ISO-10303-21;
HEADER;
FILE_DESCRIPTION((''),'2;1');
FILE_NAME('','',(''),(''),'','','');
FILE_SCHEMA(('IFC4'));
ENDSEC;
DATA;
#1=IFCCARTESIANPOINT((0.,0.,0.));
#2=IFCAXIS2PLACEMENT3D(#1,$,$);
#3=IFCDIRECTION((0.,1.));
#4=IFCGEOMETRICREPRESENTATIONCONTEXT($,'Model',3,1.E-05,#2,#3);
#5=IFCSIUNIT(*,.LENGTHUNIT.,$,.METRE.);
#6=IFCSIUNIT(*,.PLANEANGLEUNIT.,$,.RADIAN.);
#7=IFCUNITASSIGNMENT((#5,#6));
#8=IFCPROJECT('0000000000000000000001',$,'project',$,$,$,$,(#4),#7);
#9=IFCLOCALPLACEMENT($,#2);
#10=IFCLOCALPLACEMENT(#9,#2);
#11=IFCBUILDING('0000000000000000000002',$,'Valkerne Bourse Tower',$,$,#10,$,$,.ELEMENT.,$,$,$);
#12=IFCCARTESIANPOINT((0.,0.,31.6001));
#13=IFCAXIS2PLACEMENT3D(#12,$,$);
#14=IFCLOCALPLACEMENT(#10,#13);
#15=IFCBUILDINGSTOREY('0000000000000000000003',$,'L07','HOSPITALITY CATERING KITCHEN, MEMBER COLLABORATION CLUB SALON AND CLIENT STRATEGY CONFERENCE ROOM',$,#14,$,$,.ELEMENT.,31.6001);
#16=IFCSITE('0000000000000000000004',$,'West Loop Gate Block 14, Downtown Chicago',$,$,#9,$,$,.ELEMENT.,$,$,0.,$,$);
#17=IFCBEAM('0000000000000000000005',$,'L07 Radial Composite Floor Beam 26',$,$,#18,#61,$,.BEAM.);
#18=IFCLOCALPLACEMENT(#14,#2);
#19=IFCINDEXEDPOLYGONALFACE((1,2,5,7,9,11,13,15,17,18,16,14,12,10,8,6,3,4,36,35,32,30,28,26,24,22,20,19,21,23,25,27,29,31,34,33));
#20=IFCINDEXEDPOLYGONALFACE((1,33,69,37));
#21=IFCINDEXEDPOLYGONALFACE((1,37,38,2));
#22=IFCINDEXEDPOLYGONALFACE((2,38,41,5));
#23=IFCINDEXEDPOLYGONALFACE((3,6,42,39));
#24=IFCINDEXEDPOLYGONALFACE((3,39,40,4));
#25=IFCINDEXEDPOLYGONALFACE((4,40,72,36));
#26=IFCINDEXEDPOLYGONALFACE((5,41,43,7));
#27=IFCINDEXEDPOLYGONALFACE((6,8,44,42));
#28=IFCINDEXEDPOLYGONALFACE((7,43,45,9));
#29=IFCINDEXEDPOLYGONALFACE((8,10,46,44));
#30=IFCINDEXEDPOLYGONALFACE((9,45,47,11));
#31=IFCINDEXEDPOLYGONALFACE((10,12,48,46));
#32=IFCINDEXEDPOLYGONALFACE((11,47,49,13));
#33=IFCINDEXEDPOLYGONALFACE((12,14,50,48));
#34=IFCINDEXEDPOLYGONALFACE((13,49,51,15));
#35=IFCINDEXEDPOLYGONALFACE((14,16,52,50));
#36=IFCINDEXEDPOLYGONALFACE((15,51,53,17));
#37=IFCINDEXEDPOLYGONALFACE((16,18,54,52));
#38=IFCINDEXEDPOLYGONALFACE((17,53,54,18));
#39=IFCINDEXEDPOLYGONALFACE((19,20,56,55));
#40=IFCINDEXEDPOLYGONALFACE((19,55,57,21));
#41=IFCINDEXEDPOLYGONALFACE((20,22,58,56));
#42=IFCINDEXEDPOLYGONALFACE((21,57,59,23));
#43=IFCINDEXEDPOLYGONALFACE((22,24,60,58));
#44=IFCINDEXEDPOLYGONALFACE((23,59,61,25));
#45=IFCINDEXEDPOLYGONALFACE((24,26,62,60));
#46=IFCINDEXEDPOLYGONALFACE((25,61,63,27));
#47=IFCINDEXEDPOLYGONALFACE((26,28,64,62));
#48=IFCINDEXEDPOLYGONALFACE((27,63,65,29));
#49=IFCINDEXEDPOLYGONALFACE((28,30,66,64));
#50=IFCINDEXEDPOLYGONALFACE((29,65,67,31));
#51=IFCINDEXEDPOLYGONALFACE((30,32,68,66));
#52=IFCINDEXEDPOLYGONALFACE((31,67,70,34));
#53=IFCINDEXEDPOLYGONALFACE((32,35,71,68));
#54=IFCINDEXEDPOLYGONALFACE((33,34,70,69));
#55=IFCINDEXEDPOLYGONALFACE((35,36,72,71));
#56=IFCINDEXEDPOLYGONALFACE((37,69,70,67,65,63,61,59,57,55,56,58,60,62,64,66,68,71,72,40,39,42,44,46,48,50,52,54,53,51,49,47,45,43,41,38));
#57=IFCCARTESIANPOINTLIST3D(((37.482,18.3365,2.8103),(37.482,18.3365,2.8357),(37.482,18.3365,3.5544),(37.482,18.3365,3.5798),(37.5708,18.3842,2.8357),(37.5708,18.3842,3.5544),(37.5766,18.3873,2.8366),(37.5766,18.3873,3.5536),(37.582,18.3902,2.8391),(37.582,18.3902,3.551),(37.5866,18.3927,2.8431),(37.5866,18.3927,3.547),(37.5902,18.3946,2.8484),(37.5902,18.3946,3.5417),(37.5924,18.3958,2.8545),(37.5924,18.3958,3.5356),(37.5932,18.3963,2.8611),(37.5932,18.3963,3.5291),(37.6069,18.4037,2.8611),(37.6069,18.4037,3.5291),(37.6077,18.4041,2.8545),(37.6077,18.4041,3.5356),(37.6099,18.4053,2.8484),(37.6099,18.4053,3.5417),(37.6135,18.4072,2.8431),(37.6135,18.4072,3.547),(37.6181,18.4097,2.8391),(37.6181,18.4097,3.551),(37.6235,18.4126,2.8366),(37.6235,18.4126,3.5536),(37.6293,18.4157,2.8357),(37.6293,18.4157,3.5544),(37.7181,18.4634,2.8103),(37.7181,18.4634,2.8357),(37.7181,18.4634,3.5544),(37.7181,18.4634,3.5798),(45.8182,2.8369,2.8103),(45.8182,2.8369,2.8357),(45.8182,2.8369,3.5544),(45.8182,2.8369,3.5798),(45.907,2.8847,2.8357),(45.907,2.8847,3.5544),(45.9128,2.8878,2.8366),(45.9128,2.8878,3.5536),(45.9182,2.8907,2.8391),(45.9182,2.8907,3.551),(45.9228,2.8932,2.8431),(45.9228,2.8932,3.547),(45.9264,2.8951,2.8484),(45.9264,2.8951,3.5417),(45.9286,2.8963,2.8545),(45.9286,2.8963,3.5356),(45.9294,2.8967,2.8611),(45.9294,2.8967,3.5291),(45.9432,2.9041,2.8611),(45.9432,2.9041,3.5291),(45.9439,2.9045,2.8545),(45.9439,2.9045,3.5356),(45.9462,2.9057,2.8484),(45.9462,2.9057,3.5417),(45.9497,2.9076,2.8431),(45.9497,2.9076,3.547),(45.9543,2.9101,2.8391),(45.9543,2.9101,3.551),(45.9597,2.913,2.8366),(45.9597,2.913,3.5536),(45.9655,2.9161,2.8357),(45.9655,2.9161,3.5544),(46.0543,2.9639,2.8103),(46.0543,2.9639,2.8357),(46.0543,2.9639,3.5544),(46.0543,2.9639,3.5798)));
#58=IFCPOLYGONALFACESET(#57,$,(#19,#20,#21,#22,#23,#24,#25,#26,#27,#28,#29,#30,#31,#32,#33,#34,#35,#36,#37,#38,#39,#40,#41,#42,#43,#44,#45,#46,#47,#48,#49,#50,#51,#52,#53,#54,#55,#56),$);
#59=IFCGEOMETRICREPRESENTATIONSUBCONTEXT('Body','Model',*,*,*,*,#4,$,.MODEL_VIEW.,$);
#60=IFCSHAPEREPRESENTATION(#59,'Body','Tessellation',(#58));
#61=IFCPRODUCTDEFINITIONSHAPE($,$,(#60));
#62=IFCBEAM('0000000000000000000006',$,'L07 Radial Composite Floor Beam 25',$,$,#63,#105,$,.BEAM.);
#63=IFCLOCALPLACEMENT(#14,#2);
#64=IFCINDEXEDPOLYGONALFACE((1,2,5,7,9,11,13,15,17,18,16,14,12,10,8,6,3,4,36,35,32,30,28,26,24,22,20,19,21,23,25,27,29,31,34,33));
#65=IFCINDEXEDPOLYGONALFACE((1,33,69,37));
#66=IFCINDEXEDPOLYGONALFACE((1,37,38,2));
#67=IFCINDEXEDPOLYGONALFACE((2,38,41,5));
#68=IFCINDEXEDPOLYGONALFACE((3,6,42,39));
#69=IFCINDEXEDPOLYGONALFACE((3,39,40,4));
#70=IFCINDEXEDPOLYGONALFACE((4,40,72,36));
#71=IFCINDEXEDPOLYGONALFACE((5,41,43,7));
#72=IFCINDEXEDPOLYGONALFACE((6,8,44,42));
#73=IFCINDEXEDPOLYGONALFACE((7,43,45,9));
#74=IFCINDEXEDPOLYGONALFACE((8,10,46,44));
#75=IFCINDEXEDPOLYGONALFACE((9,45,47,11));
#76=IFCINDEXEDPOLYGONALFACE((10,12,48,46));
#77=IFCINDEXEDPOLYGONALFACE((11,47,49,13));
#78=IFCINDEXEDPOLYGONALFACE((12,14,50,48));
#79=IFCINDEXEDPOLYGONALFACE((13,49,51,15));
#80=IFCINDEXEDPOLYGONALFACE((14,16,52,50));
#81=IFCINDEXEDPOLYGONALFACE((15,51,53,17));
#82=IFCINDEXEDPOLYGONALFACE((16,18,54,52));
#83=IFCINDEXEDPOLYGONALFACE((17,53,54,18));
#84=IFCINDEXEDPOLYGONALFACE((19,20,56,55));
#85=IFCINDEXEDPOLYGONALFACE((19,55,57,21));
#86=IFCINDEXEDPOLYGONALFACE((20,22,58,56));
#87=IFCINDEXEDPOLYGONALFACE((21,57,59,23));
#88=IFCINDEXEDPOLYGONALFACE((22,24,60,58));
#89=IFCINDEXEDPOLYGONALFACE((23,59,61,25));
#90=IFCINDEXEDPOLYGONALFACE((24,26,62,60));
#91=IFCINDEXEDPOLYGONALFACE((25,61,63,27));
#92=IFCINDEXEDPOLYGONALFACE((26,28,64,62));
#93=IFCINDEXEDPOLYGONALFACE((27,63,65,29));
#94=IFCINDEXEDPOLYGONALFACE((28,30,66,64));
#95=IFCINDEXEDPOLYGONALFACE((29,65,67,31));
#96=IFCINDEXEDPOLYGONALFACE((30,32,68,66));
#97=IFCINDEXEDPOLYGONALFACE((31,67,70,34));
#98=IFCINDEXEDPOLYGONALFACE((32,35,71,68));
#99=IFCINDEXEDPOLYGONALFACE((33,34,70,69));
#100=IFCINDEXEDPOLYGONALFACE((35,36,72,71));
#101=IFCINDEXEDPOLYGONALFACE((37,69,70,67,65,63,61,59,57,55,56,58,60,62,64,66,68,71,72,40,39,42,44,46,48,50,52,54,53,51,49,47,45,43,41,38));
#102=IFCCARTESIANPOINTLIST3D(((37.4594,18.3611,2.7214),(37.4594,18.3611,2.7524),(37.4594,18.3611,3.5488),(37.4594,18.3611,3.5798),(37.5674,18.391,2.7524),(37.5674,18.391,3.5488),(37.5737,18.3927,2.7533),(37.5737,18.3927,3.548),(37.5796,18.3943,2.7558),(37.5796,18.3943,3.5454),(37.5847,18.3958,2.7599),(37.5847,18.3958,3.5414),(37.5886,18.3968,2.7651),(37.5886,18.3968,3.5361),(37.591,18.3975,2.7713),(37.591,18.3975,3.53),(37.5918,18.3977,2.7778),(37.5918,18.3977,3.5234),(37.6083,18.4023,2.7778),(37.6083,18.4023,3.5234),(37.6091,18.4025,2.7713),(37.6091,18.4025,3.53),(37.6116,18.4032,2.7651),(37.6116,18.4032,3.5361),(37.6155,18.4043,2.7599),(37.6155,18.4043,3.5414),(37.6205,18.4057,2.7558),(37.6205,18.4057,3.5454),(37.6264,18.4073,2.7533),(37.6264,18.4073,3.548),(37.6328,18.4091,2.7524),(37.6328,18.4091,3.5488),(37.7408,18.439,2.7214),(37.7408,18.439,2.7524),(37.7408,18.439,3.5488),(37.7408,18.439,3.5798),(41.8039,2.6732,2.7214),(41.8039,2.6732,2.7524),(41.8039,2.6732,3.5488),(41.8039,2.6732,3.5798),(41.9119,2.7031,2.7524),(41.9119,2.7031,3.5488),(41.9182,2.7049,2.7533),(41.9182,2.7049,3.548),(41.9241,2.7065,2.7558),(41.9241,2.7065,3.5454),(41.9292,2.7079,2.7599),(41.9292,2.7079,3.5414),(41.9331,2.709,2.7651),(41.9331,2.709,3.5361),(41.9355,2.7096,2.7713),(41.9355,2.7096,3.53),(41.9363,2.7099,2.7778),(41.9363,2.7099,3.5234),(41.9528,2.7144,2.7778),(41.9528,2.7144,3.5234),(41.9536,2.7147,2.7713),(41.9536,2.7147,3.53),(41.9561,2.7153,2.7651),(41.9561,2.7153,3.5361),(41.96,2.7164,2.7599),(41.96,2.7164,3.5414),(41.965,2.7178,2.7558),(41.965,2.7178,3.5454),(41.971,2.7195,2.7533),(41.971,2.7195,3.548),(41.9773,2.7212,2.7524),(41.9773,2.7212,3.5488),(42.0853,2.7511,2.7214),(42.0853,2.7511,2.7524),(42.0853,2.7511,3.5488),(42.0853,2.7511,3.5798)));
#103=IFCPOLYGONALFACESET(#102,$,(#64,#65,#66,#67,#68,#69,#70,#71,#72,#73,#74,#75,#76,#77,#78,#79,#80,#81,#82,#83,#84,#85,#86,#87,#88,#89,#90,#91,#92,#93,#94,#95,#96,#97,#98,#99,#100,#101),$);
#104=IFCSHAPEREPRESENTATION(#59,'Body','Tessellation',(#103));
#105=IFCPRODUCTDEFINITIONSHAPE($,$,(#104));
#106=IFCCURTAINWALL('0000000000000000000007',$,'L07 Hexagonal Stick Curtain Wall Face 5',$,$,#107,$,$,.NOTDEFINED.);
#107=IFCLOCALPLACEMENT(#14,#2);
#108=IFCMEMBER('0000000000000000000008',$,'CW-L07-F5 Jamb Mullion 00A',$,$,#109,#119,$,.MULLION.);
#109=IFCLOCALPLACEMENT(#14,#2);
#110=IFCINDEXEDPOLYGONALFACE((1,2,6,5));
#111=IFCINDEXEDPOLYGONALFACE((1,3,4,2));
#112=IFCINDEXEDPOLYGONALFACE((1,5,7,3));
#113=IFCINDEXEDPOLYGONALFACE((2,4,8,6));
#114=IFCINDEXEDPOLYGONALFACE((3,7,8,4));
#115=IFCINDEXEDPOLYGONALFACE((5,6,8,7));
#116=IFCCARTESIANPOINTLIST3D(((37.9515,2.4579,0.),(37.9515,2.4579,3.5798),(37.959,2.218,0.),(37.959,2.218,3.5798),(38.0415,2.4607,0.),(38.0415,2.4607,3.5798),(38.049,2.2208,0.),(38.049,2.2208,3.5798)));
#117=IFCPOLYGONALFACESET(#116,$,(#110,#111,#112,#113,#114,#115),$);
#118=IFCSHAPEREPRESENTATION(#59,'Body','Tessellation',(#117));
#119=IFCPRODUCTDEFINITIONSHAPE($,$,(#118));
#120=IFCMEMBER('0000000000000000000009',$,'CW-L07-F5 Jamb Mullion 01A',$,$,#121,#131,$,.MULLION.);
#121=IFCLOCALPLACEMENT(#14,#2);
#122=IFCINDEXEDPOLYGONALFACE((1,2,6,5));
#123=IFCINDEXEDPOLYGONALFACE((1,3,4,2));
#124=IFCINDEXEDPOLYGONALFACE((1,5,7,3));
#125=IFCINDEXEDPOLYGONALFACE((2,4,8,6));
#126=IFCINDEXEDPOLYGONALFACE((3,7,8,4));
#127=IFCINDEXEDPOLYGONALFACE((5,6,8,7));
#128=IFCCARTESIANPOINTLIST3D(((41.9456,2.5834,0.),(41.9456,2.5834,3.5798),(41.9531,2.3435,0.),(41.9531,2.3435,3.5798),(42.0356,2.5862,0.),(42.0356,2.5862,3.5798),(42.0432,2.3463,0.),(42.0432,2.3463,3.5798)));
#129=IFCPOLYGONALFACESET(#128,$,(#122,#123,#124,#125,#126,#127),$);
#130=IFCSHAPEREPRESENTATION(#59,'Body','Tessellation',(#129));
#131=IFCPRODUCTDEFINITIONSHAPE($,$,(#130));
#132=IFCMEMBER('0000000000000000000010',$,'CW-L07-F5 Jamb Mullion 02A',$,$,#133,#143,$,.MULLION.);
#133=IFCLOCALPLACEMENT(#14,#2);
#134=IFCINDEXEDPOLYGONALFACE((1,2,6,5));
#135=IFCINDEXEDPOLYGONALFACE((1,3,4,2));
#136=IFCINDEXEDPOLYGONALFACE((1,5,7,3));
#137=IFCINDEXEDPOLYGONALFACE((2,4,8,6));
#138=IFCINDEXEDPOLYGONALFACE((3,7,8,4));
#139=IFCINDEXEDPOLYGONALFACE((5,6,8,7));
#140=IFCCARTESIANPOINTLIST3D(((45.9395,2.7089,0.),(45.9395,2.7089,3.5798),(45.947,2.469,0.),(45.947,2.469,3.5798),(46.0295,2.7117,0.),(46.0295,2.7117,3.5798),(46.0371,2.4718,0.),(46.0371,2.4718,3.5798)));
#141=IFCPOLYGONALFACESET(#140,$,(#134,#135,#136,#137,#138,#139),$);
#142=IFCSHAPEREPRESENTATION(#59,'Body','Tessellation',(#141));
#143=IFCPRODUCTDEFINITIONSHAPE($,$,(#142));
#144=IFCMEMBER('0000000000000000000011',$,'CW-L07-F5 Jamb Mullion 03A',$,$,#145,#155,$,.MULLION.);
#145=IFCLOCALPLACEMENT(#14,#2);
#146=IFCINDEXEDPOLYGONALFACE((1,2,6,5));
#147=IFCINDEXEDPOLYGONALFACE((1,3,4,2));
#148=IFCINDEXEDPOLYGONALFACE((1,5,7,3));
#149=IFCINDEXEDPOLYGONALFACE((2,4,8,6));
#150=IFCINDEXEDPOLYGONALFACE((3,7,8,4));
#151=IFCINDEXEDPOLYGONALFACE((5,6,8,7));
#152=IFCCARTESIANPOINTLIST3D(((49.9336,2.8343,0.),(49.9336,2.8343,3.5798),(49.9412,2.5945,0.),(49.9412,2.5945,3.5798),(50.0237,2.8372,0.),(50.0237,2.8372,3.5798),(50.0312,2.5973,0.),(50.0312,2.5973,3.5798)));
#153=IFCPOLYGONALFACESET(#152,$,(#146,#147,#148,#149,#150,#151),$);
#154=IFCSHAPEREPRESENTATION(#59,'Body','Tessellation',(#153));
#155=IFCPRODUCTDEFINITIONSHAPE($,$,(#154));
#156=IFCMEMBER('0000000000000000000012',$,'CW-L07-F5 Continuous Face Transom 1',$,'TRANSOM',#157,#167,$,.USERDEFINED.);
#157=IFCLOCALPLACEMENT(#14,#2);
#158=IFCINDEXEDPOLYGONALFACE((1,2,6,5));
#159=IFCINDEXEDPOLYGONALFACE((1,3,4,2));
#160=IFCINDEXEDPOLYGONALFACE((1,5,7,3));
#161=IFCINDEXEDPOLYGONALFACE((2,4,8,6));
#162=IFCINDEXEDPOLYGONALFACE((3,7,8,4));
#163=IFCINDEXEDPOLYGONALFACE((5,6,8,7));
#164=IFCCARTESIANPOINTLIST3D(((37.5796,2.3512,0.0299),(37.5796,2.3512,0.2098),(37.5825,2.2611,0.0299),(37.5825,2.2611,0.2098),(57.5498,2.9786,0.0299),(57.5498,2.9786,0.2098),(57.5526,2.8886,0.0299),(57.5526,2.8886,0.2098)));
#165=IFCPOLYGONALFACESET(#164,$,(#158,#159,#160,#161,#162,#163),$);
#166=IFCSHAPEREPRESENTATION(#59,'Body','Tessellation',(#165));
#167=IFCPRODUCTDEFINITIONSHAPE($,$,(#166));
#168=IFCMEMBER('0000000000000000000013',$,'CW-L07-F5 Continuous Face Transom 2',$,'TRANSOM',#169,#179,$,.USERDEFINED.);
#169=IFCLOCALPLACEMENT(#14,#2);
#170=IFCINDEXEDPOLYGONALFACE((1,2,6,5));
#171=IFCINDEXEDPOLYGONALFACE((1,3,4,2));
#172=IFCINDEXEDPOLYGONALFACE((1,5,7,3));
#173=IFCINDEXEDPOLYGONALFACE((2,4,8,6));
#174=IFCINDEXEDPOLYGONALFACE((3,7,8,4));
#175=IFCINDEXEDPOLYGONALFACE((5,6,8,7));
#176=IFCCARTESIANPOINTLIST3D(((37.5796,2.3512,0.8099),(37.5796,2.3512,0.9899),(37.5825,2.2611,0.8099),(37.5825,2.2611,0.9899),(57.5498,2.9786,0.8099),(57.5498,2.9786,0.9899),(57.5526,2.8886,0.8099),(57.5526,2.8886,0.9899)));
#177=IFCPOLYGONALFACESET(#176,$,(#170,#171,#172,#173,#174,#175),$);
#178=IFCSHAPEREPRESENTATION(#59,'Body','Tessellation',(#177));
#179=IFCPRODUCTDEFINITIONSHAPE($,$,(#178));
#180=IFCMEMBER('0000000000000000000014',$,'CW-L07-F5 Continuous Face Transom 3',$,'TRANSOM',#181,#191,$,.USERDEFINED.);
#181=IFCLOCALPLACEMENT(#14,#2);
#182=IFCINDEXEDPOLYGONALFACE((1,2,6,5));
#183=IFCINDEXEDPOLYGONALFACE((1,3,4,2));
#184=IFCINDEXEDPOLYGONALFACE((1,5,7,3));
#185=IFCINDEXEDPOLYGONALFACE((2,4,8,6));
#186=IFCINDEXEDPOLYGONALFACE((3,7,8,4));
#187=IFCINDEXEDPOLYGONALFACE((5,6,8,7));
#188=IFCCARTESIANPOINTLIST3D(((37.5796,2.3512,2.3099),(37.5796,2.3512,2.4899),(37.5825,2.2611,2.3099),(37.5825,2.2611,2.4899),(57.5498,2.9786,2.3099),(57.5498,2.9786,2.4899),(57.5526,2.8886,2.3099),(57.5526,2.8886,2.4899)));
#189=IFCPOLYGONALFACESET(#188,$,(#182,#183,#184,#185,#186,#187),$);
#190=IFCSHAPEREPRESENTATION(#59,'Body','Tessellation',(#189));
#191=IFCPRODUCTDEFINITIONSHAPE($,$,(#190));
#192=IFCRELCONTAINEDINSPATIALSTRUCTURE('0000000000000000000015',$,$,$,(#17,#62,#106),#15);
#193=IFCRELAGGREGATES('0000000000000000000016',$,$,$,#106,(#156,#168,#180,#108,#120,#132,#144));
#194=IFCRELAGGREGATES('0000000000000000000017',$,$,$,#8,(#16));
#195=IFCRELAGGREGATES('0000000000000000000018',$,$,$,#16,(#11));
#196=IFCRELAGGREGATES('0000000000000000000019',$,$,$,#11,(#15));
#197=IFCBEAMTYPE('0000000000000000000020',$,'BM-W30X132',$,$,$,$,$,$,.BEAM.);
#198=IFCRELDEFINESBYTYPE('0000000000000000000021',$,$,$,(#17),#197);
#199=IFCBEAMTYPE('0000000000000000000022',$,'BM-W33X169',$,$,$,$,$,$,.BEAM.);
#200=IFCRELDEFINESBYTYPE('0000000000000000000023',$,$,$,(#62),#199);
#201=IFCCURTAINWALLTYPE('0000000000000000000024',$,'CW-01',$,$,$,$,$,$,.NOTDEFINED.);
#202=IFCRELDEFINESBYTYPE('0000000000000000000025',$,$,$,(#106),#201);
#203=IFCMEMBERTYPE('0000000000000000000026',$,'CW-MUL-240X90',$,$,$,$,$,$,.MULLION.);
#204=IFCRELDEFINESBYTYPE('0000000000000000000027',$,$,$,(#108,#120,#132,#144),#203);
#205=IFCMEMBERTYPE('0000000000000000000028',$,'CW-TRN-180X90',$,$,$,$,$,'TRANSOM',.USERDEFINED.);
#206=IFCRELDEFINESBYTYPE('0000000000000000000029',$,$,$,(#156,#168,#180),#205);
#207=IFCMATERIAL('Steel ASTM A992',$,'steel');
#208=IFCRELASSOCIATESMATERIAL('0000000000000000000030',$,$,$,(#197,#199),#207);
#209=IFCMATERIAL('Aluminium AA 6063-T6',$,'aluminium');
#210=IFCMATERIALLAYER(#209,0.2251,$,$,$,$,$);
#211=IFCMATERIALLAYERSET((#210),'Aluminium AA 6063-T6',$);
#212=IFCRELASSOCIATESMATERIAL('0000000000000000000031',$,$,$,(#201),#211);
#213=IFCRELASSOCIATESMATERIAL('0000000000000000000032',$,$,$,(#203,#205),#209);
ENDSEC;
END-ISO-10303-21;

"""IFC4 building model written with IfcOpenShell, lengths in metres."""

from ifc_helpers import new_model, si_unit, direction, frame, origin, origin_2d, place, context, subcontext, project, spatial, rectangle, i_section, extrude, material, layer, layer_set, material_profile, profile_set, type_object, element, aggregate, save


model = new_model("IFC4")

# Units and contexts
model_context = context("Model", 3, precision=1e-05, world=origin(), true_north=direction((0.0, 1.0)))
body_context = subcontext(model_context, "Body", "Model", "MODEL_VIEW")
ifc_project = project(units=[si_unit("LENGTHUNIT", "METRE"), si_unit("PLANEANGLEUNIT", "RADIAN")], contexts=[model_context])

# Site, building, storey
site_placement = place(None, origin())
site = spatial("IfcSite", under=ifc_project, at=site_placement, Name="West Loop Gate Block 14, Downtown Chicago", CompositionType="ELEMENT", RefElevation=0.0)
building_placement = place(site_placement, origin())
building = spatial("IfcBuilding", under=site, at=building_placement, Name="Valkerne Bourse Tower", CompositionType="ELEMENT")
storey_placement = place(building_placement, frame((0.0, 0.0, 31.6001)))
storey = spatial("IfcBuildingStorey", under=building, at=storey_placement, Name="L07", Description="HOSPITALITY CATERING KITCHEN, MEMBER COLLABORATION CLUB SALON AND CLIENT STRATEGY CONFERENCE ROOM", CompositionType="ELEMENT", Elevation=31.6001)

# Beams
ifc_material_1 = material(Name="Steel ASTM A992", Category="steel")
ifc_material_profile_1 = material_profile(ifc_material_1, i_section(OverallWidth=0.2681, OverallDepth=0.7695, WebThickness=0.0156, FlangeThickness=0.0254, FilletRadius=0.0254, at=origin_2d()), Name="W30X132")
ifc_profile_set_1 = profile_set([ifc_material_profile_1], Name="Steel ASTM A992")
beam_type_1 = type_object("IfcBeamType", Name="BM-W30X132", PredefinedType="BEAM", material=ifc_profile_set_1)
beam_1_placement = place(storey_placement, frame((45.9363, 2.9004, 3.1951), z_axis=(-0.473672, 0.880701, 0.0), x_axis=(-0.880701, -0.473672, 0.0)))
element("IfcBeam", 1, at=beam_1_placement, inside=storey, type_object=beam_type_1, Name="L07 Radial Composite Floor Beam 26", PredefinedType="BEAM", context=body_context, shape_type="SweptSolid", body=[
    extrude(i_section(OverallWidth=0.2681, OverallDepth=0.7695, WebThickness=0.0156, FlangeThickness=0.0254, FilletRadius=0.0254, at=origin_2d()), origin(), (0.0, 0.0, 1.0), 17.5991),
])
ifc_material_profile_2 = material_profile(ifc_material_1, i_section(OverallWidth=0.292, OverallDepth=0.8584, WebThickness=0.0171, FlangeThickness=0.031, FilletRadius=0.0254, at=origin_2d()), Name="W33X169")
ifc_profile_set_2 = profile_set([ifc_material_profile_2], Name="Steel ASTM A992")
beam_type_2 = type_object("IfcBeamType", Name="BM-W33X169", PredefinedType="BEAM", material=ifc_profile_set_2)
beam_2_placement = place(storey_placement, frame((41.9446, 2.7122, 3.1506), z_axis=(-0.26689, 0.963727, 0.0), x_axis=(-0.963727, -0.26689, 0.0)))
element("IfcBeam", 2, at=beam_2_placement, inside=storey, type_object=beam_type_2, Name="L07 Radial Composite Floor Beam 25", PredefinedType="BEAM", context=body_context, shape_type="SweptSolid", body=[
    extrude(i_section(OverallWidth=0.292, OverallDepth=0.8584, WebThickness=0.0171, FlangeThickness=0.031, FilletRadius=0.0254, at=origin_2d()), origin(), (0.0, 0.0, 1.0), 16.2783),
])

# Curtain wall, members
ifc_material_2 = material(Name="Aluminium AA 6063-T6", Category="aluminium")
ifc_layer_1 = layer(ifc_material_2, 0.2251)
ifc_layer_set_1 = layer_set([ifc_layer_1], Name="Aluminium AA 6063-T6")
curtain_wall_type = type_object("IfcCurtainWallType", Name="CW-01", PredefinedType="NOTDEFINED", material=ifc_layer_set_1)
curtain_wall_placement = place(storey_placement, origin())
curtain_wall = element("IfcCurtainWall", 3, at=curtain_wall_placement, inside=storey, type_object=curtain_wall_type, Name="L07 Hexagonal Stick Curtain Wall Face 5", PredefinedType="NOTDEFINED")
ifc_material_profile_3 = material_profile(ifc_material_2, rectangle(XDim=0.0901, YDim=0.24, at=origin_2d()), Name="CWM-90X240")
ifc_profile_set_3 = profile_set([ifc_material_profile_3], Name="Aluminium AA 6063-T6")
member_type_1 = type_object("IfcMemberType", Name="CW-MUL-240X90", PredefinedType="MULLION", material=ifc_profile_set_3)
member_1_placement = place(storey_placement, frame((38.0002, 2.3394, 0.0), z_axis=(0.0, 0.0, 1.0), x_axis=(0.999507, 0.031407, 0.0)))
member_1 = element("IfcMember", 4, at=member_1_placement, type_object=member_type_1, Name="CW-L07-F5 Jamb Mullion 00A", PredefinedType="MULLION", context=body_context, shape_type="SweptSolid", body=[
    extrude(rectangle(XDim=0.0901, YDim=0.24, at=origin_2d()), origin(), (0.0, 0.0, 1.0), 3.5798),
])
member_2_placement = place(storey_placement, frame((41.9944, 2.4648, 0.0), z_axis=(0.0, 0.0, 1.0), x_axis=(0.999507, 0.031406, 0.0)))
member_2 = element("IfcMember", 5, at=member_2_placement, type_object=member_type_1, Name="CW-L07-F5 Jamb Mullion 01A", PredefinedType="MULLION", context=body_context, shape_type="SweptSolid", body=[
    extrude(rectangle(XDim=0.0901, YDim=0.24, at=origin_2d()), origin(), (0.0, 0.0, 1.0), 3.5798),
])
member_3_placement = place(storey_placement, frame((45.9883, 2.5903, 0.0), z_axis=(0.0, 0.0, 1.0), x_axis=(0.999507, 0.031407, 0.0)))
member_3 = element("IfcMember", 6, at=member_3_placement, type_object=member_type_1, Name="CW-L07-F5 Jamb Mullion 02A", PredefinedType="MULLION", context=body_context, shape_type="SweptSolid", body=[
    extrude(rectangle(XDim=0.0901, YDim=0.24, at=origin_2d()), origin(), (0.0, 0.0, 1.0), 3.5798),
])
member_4_placement = place(storey_placement, frame((49.9824, 2.7158, 0.0), z_axis=(0.0, 0.0, 1.0), x_axis=(0.999507, 0.031407, 0.0)))
member_4 = element("IfcMember", 7, at=member_4_placement, type_object=member_type_1, Name="CW-L07-F5 Jamb Mullion 03A", PredefinedType="MULLION", context=body_context, shape_type="SweptSolid", body=[
    extrude(rectangle(XDim=0.0901, YDim=0.24, at=origin_2d()), origin(), (0.0, 0.0, 1.0), 3.5798),
])
ifc_material_profile_4 = material_profile(ifc_material_2, rectangle(XDim=0.0901, YDim=0.1799, at=origin_2d()), Name="CWT-90X180")
ifc_profile_set_4 = profile_set([ifc_material_profile_4], Name="Aluminium AA 6063-T6")
member_type_2 = type_object("IfcMemberType", Name="CW-TRN-180X90", ElementType="TRANSOM", PredefinedType="USERDEFINED", material=ifc_profile_set_4)
member_5_placement = place(storey_placement, frame((37.5811, 2.3062, 0.1199), z_axis=(0.999507, 0.031403, 0.0), x_axis=(-0.031403, 0.999507, 0.0)))
member_5 = element("IfcMember", 8, at=member_5_placement, type_object=member_type_2, Name="CW-L07-F5 Continuous Face Transom 1", ObjectType="TRANSOM", PredefinedType="USERDEFINED", context=body_context, shape_type="SweptSolid", body=[
    extrude(rectangle(XDim=0.0901, YDim=0.1799, at=origin_2d()), origin(), (0.0, 0.0, 1.0), 19.98),
])
member_6_placement = place(storey_placement, frame((37.5811, 2.3062, 0.8999), z_axis=(0.999507, 0.031403, 0.0), x_axis=(-0.031403, 0.999507, 0.0)))
member_6 = element("IfcMember", 9, at=member_6_placement, type_object=member_type_2, Name="CW-L07-F5 Continuous Face Transom 2", ObjectType="TRANSOM", PredefinedType="USERDEFINED", context=body_context, shape_type="SweptSolid", body=[
    extrude(rectangle(XDim=0.0901, YDim=0.1799, at=origin_2d()), origin(), (0.0, 0.0, 1.0), 19.98),
])
member_7_placement = place(storey_placement, frame((37.5811, 2.3062, 2.3999), z_axis=(0.999507, 0.031403, 0.0), x_axis=(-0.031403, 0.999507, 0.0)))
member_7 = element("IfcMember", 10, at=member_7_placement, type_object=member_type_2, Name="CW-L07-F5 Continuous Face Transom 3", ObjectType="TRANSOM", PredefinedType="USERDEFINED", context=body_context, shape_type="SweptSolid", body=[
    extrude(rectangle(XDim=0.0901, YDim=0.1799, at=origin_2d()), origin(), (0.0, 0.0, 1.0), 19.98),
])

aggregate(curtain_wall, [member_5, member_6, member_7, member_1, member_2, member_3, member_4])

save(model, "model.ifc")
